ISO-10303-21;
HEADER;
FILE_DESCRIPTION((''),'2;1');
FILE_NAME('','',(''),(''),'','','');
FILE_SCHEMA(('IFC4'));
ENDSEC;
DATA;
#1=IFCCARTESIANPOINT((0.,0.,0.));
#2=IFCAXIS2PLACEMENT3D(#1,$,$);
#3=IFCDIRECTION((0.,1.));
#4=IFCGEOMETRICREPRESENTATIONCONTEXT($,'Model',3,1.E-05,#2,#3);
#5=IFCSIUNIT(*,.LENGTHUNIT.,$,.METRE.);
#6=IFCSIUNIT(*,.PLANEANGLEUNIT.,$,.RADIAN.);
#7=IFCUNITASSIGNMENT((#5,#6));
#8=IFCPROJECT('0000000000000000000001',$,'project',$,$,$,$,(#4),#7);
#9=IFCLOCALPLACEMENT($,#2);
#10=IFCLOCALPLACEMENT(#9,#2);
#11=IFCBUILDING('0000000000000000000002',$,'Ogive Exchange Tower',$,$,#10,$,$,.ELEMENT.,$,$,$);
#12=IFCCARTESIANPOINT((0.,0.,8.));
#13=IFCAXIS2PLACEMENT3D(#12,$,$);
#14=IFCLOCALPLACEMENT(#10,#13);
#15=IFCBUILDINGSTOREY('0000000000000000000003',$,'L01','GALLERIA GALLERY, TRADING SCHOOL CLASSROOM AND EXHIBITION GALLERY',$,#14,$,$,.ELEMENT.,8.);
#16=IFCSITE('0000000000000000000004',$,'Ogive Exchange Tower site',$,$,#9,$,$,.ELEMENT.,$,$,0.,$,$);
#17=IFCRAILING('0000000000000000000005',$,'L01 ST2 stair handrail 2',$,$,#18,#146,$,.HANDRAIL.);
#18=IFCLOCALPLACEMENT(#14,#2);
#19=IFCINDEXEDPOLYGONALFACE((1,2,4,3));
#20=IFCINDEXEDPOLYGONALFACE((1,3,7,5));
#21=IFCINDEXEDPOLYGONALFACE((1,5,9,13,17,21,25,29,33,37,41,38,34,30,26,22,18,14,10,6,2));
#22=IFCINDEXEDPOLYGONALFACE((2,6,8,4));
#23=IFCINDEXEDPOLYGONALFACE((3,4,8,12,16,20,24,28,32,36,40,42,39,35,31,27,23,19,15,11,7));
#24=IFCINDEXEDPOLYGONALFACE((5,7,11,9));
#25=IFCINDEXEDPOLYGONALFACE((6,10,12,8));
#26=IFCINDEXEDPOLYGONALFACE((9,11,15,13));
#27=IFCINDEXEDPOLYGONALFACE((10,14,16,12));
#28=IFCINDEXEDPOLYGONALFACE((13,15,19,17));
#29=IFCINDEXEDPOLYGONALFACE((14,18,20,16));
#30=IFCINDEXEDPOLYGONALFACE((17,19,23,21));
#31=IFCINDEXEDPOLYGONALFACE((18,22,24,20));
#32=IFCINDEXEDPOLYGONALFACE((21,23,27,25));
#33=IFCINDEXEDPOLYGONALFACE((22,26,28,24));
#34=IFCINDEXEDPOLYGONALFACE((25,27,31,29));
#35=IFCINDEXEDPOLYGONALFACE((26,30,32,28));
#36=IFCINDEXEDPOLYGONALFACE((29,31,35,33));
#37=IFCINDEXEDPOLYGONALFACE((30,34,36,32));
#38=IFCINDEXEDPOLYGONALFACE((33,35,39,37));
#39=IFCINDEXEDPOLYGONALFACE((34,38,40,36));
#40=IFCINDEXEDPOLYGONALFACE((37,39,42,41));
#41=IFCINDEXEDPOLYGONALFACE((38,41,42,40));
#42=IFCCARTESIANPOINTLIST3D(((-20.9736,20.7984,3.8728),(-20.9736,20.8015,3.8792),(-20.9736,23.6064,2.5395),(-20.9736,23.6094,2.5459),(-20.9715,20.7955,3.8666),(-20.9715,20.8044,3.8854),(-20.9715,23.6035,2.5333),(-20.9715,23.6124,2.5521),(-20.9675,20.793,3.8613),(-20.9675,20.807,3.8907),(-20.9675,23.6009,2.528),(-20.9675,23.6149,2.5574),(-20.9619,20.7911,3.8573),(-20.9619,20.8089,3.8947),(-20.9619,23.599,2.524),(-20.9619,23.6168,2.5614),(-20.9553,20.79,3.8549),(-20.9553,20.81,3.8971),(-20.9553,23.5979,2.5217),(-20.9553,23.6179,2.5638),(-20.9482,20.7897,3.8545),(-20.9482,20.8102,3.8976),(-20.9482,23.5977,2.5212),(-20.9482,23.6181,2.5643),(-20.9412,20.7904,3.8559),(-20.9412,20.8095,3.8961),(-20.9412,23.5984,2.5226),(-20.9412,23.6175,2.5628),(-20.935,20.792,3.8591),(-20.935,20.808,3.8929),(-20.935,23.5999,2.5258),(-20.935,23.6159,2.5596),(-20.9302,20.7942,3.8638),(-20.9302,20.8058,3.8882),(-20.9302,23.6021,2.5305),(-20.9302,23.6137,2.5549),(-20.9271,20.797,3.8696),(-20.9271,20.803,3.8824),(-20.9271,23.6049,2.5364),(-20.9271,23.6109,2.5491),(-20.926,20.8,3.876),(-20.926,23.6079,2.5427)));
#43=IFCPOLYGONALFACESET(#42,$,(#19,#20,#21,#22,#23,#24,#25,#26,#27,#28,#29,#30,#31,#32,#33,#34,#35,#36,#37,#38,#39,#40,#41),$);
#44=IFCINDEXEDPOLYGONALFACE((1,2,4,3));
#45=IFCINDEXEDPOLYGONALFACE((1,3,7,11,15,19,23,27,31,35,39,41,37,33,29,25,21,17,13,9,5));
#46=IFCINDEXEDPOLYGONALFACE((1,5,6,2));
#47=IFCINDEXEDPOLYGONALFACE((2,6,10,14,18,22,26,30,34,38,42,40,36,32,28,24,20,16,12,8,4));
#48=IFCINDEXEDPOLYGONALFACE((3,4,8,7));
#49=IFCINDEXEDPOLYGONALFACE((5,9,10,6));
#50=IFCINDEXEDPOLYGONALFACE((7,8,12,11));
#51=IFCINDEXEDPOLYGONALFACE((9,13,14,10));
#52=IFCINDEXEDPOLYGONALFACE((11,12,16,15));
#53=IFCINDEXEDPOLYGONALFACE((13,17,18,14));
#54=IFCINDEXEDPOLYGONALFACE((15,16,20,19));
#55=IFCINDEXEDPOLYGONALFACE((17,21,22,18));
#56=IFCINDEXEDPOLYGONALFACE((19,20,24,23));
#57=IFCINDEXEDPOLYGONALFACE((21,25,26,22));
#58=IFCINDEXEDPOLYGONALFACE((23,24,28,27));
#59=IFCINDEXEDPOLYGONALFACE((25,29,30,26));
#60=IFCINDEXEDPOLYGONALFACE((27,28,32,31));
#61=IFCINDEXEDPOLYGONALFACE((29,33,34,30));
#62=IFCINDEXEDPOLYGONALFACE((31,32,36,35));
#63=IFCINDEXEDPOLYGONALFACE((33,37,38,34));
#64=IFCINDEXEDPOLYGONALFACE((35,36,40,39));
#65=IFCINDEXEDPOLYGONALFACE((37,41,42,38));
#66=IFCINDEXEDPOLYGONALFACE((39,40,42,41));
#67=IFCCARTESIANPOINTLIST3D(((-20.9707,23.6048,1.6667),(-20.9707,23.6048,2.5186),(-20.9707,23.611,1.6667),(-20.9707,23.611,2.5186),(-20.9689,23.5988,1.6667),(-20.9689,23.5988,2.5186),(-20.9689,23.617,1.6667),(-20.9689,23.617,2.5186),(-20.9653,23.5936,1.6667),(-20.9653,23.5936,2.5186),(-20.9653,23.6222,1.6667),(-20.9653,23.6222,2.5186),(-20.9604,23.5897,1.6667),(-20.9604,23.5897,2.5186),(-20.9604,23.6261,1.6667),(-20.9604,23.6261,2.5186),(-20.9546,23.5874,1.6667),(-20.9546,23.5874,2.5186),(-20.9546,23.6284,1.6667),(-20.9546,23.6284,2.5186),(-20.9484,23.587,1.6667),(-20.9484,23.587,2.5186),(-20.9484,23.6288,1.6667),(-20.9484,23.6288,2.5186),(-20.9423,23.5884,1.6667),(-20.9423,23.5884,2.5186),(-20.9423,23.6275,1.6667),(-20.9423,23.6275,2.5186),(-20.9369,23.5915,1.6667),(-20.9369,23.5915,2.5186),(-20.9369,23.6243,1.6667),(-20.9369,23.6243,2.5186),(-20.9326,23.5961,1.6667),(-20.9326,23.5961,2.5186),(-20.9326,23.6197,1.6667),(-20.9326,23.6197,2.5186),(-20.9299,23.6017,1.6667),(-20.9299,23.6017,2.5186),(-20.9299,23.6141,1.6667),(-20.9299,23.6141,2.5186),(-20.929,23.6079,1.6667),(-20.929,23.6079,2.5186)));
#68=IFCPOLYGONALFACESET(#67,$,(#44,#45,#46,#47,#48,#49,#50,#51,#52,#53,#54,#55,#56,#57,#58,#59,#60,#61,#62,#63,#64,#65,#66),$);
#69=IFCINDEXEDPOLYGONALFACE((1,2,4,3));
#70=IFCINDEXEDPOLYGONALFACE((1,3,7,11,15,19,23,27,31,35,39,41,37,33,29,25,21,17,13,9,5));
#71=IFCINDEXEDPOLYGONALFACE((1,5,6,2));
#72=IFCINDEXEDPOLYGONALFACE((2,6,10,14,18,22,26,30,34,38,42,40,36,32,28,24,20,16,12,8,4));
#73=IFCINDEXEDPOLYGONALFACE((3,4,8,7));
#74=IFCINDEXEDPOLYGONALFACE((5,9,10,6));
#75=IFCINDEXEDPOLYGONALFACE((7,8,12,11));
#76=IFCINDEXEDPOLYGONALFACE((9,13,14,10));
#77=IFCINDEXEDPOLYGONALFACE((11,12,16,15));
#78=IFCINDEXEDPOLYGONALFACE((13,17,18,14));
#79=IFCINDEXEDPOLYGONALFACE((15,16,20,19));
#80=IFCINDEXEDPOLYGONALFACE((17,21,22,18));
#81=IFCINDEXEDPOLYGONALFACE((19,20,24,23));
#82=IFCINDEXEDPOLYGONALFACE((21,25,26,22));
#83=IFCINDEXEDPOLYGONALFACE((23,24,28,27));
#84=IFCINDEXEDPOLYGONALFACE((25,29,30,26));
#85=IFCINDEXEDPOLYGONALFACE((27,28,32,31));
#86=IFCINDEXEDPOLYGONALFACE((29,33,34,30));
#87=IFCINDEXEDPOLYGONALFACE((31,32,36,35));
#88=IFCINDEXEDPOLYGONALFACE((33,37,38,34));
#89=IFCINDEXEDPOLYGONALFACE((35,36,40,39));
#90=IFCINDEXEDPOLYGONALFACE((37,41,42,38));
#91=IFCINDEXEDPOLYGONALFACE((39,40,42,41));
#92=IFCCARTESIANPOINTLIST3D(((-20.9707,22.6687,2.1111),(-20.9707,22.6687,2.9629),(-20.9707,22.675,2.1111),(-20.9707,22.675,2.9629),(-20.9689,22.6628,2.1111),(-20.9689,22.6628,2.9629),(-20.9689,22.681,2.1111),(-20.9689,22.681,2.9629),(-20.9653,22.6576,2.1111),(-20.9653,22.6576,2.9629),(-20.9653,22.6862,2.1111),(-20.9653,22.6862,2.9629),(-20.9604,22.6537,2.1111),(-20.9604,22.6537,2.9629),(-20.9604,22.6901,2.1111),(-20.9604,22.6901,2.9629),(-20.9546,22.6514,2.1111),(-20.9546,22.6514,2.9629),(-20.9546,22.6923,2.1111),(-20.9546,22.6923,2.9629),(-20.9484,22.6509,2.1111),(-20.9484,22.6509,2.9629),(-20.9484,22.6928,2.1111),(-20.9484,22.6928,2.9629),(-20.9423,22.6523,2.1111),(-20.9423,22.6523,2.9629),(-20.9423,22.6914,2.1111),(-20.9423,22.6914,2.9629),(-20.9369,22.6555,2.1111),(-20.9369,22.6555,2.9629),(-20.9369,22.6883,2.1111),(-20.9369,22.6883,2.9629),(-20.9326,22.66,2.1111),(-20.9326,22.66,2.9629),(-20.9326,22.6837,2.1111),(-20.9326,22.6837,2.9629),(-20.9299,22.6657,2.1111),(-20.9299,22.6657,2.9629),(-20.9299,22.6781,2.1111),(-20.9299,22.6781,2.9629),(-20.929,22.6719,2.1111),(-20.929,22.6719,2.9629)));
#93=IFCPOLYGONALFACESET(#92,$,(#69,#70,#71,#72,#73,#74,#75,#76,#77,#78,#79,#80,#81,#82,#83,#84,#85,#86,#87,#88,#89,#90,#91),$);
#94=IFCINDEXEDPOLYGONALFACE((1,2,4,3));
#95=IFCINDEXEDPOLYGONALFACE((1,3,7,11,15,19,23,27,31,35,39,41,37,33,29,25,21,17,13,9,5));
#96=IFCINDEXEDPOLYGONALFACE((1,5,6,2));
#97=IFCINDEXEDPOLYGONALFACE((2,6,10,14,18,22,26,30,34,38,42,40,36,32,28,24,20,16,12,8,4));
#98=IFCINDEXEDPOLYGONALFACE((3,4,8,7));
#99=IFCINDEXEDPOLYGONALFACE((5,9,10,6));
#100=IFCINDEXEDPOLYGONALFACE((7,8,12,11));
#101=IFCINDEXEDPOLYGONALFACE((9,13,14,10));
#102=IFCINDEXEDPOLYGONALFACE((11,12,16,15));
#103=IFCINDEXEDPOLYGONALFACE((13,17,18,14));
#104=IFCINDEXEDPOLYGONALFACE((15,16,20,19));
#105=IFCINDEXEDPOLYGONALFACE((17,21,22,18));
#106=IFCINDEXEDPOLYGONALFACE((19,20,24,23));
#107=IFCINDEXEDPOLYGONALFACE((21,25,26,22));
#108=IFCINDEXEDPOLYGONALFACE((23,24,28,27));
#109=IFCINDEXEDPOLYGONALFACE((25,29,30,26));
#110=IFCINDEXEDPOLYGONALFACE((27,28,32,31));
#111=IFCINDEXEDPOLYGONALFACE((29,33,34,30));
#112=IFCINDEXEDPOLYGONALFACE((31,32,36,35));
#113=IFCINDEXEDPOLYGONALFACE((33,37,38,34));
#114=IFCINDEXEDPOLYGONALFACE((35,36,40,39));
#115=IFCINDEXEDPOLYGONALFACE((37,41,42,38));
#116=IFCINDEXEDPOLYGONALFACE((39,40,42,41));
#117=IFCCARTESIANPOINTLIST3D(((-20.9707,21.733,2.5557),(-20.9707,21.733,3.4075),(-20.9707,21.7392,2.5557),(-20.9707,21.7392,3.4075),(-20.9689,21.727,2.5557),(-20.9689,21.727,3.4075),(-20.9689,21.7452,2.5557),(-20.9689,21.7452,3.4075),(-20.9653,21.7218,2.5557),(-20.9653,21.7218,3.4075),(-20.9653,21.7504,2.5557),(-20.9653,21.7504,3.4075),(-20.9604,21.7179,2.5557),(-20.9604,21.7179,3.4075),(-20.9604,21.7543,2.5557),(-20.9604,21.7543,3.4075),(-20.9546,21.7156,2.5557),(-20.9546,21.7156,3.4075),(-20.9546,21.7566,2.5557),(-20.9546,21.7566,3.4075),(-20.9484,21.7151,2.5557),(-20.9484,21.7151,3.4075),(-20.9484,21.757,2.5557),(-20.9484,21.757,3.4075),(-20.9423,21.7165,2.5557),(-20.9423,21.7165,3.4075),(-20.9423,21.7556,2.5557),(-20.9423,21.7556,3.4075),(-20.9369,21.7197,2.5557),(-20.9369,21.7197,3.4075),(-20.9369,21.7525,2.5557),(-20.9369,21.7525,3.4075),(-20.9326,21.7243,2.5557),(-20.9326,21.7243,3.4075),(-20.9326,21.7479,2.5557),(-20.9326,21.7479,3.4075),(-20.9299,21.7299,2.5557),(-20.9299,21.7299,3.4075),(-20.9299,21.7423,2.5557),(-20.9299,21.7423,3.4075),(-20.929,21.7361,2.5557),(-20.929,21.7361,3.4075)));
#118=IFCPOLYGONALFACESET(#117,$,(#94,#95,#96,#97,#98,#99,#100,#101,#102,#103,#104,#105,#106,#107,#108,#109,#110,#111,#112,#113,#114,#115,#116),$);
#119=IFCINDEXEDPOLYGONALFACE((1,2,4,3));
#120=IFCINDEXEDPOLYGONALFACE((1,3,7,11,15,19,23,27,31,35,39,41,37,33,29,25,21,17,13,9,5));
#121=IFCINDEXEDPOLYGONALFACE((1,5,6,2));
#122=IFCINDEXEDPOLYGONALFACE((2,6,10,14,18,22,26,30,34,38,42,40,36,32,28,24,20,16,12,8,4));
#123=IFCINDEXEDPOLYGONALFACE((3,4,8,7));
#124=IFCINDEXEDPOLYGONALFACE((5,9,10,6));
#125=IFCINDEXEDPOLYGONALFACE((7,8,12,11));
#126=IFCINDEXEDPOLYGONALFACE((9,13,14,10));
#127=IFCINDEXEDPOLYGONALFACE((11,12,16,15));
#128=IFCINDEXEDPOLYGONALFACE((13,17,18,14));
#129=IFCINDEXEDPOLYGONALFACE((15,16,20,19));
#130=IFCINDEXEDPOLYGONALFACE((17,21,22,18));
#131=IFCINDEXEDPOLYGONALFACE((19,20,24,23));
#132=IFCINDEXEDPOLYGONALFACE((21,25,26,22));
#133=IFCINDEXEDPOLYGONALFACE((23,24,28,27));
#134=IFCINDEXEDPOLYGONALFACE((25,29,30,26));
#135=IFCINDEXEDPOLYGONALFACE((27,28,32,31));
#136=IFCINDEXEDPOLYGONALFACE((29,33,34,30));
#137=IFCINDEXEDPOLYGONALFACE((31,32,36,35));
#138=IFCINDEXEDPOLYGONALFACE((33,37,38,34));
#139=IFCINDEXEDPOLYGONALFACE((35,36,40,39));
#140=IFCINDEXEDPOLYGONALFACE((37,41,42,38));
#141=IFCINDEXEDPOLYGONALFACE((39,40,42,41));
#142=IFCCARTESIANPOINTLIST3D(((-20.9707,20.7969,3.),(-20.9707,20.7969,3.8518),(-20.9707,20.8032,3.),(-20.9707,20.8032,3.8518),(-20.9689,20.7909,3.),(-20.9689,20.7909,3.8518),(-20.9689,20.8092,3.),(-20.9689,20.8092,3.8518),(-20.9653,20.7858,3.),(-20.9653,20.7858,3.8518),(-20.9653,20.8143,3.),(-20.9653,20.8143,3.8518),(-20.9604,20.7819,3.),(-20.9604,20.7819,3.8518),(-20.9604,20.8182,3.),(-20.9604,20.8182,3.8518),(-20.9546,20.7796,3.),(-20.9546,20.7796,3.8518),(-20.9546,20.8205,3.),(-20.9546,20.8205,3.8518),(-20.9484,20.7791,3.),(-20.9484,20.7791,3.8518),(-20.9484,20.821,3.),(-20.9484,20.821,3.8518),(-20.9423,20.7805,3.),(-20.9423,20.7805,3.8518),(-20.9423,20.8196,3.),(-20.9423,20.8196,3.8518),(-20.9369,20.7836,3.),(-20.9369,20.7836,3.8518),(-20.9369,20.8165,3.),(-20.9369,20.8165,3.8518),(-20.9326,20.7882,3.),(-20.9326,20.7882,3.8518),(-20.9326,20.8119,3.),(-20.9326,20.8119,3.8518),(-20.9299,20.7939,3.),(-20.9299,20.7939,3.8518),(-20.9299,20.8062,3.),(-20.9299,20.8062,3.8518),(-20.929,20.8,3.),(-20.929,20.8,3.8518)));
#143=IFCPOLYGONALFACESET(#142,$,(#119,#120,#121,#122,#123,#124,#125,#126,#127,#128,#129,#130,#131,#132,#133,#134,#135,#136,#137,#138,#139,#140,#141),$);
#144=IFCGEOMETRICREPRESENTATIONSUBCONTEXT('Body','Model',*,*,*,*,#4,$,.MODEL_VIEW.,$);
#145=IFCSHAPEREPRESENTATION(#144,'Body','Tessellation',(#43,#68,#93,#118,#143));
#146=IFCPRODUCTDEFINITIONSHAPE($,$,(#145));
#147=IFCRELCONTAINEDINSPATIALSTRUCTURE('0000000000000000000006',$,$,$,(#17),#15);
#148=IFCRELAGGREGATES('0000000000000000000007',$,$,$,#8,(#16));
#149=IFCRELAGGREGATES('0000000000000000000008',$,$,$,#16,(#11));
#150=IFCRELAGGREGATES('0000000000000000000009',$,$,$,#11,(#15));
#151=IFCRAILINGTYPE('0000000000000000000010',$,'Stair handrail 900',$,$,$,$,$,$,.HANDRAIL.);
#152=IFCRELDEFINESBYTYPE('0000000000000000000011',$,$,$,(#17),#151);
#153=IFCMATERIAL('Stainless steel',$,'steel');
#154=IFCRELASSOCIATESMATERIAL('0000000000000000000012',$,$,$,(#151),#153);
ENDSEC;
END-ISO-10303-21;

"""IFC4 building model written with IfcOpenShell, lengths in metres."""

from ifc_helpers import new_model, si_unit, direction, frame, origin, origin_2d, place, context, subcontext, project, spatial, circle, extrude, material, type_object, element, save


model = new_model("IFC4")

# Units and contexts
model_context = context("Model", 3, precision=1e-05, world=origin(), true_north=direction((0.0, 1.0)))
body_context = subcontext(model_context, "Body", "Model", "MODEL_VIEW")
ifc_project = project(units=[si_unit("LENGTHUNIT", "METRE"), si_unit("PLANEANGLEUNIT", "RADIAN")], contexts=[model_context])

# Site, building, storey
site_placement = place(None, origin())
site = spatial("IfcSite", under=ifc_project, at=site_placement, Name="Ogive Exchange Tower site", CompositionType="ELEMENT", RefElevation=0.0)
building_placement = place(site_placement, origin())
building = spatial("IfcBuilding", under=site, at=building_placement, Name="Ogive Exchange Tower", CompositionType="ELEMENT")
storey_placement = place(building_placement, frame((0.0, 0.0, 8.0)))
storey = spatial("IfcBuildingStorey", under=building, at=storey_placement, Name="L01", Description="GALLERIA GALLERY, TRADING SCHOOL CLASSROOM AND EXHIBITION GALLERY", CompositionType="ELEMENT", Elevation=8.0)

# Railing
ifc_material_1 = material(Name="Stainless steel", Category="steel")
railing_type = type_object("IfcRailingType", Name="Stair handrail 900", PredefinedType="HANDRAIL", material=ifc_material_1)
for number, where, name in (
    (1, (-20.95, 23.6079, 1.6667), "L01 ST2 stair handrail 2"),
):
    element("IfcRailing", number, at=place(storey_placement, frame(where)), inside=storey, type_object=railing_type, Name=name, PredefinedType="HANDRAIL", context=body_context, shape_type="SweptSolid", body=[
        extrude(circle(Radius=0.0239, at=origin_2d()), frame((0.0, 0.0, 0.876), z_axis=(0.0, -0.903338, 0.42893), x_axis=(1.0, 0.0, 0.0)), (0.0, 0.0, 1.0), 3.1084),
        extrude(circle(Radius=0.021, at=origin_2d()), origin(), (0.0, 0.0, 1.0), 0.8518),
        extrude(circle(Radius=0.021, at=origin_2d()), frame((0.0, -0.936, 0.4443)), (0.0, 0.0, 1.0), 0.8518),
        extrude(circle(Radius=0.021, at=origin_2d()), frame((0.0, -1.8718, 0.8889)), (0.0, 0.0, 1.0), 0.8518),
        extrude(circle(Radius=0.021, at=origin_2d()), frame((0.0, -2.8079, 1.3333)), (0.0, 0.0, 1.0), 0.8518),
    ])

save(model, "model.ifc")
